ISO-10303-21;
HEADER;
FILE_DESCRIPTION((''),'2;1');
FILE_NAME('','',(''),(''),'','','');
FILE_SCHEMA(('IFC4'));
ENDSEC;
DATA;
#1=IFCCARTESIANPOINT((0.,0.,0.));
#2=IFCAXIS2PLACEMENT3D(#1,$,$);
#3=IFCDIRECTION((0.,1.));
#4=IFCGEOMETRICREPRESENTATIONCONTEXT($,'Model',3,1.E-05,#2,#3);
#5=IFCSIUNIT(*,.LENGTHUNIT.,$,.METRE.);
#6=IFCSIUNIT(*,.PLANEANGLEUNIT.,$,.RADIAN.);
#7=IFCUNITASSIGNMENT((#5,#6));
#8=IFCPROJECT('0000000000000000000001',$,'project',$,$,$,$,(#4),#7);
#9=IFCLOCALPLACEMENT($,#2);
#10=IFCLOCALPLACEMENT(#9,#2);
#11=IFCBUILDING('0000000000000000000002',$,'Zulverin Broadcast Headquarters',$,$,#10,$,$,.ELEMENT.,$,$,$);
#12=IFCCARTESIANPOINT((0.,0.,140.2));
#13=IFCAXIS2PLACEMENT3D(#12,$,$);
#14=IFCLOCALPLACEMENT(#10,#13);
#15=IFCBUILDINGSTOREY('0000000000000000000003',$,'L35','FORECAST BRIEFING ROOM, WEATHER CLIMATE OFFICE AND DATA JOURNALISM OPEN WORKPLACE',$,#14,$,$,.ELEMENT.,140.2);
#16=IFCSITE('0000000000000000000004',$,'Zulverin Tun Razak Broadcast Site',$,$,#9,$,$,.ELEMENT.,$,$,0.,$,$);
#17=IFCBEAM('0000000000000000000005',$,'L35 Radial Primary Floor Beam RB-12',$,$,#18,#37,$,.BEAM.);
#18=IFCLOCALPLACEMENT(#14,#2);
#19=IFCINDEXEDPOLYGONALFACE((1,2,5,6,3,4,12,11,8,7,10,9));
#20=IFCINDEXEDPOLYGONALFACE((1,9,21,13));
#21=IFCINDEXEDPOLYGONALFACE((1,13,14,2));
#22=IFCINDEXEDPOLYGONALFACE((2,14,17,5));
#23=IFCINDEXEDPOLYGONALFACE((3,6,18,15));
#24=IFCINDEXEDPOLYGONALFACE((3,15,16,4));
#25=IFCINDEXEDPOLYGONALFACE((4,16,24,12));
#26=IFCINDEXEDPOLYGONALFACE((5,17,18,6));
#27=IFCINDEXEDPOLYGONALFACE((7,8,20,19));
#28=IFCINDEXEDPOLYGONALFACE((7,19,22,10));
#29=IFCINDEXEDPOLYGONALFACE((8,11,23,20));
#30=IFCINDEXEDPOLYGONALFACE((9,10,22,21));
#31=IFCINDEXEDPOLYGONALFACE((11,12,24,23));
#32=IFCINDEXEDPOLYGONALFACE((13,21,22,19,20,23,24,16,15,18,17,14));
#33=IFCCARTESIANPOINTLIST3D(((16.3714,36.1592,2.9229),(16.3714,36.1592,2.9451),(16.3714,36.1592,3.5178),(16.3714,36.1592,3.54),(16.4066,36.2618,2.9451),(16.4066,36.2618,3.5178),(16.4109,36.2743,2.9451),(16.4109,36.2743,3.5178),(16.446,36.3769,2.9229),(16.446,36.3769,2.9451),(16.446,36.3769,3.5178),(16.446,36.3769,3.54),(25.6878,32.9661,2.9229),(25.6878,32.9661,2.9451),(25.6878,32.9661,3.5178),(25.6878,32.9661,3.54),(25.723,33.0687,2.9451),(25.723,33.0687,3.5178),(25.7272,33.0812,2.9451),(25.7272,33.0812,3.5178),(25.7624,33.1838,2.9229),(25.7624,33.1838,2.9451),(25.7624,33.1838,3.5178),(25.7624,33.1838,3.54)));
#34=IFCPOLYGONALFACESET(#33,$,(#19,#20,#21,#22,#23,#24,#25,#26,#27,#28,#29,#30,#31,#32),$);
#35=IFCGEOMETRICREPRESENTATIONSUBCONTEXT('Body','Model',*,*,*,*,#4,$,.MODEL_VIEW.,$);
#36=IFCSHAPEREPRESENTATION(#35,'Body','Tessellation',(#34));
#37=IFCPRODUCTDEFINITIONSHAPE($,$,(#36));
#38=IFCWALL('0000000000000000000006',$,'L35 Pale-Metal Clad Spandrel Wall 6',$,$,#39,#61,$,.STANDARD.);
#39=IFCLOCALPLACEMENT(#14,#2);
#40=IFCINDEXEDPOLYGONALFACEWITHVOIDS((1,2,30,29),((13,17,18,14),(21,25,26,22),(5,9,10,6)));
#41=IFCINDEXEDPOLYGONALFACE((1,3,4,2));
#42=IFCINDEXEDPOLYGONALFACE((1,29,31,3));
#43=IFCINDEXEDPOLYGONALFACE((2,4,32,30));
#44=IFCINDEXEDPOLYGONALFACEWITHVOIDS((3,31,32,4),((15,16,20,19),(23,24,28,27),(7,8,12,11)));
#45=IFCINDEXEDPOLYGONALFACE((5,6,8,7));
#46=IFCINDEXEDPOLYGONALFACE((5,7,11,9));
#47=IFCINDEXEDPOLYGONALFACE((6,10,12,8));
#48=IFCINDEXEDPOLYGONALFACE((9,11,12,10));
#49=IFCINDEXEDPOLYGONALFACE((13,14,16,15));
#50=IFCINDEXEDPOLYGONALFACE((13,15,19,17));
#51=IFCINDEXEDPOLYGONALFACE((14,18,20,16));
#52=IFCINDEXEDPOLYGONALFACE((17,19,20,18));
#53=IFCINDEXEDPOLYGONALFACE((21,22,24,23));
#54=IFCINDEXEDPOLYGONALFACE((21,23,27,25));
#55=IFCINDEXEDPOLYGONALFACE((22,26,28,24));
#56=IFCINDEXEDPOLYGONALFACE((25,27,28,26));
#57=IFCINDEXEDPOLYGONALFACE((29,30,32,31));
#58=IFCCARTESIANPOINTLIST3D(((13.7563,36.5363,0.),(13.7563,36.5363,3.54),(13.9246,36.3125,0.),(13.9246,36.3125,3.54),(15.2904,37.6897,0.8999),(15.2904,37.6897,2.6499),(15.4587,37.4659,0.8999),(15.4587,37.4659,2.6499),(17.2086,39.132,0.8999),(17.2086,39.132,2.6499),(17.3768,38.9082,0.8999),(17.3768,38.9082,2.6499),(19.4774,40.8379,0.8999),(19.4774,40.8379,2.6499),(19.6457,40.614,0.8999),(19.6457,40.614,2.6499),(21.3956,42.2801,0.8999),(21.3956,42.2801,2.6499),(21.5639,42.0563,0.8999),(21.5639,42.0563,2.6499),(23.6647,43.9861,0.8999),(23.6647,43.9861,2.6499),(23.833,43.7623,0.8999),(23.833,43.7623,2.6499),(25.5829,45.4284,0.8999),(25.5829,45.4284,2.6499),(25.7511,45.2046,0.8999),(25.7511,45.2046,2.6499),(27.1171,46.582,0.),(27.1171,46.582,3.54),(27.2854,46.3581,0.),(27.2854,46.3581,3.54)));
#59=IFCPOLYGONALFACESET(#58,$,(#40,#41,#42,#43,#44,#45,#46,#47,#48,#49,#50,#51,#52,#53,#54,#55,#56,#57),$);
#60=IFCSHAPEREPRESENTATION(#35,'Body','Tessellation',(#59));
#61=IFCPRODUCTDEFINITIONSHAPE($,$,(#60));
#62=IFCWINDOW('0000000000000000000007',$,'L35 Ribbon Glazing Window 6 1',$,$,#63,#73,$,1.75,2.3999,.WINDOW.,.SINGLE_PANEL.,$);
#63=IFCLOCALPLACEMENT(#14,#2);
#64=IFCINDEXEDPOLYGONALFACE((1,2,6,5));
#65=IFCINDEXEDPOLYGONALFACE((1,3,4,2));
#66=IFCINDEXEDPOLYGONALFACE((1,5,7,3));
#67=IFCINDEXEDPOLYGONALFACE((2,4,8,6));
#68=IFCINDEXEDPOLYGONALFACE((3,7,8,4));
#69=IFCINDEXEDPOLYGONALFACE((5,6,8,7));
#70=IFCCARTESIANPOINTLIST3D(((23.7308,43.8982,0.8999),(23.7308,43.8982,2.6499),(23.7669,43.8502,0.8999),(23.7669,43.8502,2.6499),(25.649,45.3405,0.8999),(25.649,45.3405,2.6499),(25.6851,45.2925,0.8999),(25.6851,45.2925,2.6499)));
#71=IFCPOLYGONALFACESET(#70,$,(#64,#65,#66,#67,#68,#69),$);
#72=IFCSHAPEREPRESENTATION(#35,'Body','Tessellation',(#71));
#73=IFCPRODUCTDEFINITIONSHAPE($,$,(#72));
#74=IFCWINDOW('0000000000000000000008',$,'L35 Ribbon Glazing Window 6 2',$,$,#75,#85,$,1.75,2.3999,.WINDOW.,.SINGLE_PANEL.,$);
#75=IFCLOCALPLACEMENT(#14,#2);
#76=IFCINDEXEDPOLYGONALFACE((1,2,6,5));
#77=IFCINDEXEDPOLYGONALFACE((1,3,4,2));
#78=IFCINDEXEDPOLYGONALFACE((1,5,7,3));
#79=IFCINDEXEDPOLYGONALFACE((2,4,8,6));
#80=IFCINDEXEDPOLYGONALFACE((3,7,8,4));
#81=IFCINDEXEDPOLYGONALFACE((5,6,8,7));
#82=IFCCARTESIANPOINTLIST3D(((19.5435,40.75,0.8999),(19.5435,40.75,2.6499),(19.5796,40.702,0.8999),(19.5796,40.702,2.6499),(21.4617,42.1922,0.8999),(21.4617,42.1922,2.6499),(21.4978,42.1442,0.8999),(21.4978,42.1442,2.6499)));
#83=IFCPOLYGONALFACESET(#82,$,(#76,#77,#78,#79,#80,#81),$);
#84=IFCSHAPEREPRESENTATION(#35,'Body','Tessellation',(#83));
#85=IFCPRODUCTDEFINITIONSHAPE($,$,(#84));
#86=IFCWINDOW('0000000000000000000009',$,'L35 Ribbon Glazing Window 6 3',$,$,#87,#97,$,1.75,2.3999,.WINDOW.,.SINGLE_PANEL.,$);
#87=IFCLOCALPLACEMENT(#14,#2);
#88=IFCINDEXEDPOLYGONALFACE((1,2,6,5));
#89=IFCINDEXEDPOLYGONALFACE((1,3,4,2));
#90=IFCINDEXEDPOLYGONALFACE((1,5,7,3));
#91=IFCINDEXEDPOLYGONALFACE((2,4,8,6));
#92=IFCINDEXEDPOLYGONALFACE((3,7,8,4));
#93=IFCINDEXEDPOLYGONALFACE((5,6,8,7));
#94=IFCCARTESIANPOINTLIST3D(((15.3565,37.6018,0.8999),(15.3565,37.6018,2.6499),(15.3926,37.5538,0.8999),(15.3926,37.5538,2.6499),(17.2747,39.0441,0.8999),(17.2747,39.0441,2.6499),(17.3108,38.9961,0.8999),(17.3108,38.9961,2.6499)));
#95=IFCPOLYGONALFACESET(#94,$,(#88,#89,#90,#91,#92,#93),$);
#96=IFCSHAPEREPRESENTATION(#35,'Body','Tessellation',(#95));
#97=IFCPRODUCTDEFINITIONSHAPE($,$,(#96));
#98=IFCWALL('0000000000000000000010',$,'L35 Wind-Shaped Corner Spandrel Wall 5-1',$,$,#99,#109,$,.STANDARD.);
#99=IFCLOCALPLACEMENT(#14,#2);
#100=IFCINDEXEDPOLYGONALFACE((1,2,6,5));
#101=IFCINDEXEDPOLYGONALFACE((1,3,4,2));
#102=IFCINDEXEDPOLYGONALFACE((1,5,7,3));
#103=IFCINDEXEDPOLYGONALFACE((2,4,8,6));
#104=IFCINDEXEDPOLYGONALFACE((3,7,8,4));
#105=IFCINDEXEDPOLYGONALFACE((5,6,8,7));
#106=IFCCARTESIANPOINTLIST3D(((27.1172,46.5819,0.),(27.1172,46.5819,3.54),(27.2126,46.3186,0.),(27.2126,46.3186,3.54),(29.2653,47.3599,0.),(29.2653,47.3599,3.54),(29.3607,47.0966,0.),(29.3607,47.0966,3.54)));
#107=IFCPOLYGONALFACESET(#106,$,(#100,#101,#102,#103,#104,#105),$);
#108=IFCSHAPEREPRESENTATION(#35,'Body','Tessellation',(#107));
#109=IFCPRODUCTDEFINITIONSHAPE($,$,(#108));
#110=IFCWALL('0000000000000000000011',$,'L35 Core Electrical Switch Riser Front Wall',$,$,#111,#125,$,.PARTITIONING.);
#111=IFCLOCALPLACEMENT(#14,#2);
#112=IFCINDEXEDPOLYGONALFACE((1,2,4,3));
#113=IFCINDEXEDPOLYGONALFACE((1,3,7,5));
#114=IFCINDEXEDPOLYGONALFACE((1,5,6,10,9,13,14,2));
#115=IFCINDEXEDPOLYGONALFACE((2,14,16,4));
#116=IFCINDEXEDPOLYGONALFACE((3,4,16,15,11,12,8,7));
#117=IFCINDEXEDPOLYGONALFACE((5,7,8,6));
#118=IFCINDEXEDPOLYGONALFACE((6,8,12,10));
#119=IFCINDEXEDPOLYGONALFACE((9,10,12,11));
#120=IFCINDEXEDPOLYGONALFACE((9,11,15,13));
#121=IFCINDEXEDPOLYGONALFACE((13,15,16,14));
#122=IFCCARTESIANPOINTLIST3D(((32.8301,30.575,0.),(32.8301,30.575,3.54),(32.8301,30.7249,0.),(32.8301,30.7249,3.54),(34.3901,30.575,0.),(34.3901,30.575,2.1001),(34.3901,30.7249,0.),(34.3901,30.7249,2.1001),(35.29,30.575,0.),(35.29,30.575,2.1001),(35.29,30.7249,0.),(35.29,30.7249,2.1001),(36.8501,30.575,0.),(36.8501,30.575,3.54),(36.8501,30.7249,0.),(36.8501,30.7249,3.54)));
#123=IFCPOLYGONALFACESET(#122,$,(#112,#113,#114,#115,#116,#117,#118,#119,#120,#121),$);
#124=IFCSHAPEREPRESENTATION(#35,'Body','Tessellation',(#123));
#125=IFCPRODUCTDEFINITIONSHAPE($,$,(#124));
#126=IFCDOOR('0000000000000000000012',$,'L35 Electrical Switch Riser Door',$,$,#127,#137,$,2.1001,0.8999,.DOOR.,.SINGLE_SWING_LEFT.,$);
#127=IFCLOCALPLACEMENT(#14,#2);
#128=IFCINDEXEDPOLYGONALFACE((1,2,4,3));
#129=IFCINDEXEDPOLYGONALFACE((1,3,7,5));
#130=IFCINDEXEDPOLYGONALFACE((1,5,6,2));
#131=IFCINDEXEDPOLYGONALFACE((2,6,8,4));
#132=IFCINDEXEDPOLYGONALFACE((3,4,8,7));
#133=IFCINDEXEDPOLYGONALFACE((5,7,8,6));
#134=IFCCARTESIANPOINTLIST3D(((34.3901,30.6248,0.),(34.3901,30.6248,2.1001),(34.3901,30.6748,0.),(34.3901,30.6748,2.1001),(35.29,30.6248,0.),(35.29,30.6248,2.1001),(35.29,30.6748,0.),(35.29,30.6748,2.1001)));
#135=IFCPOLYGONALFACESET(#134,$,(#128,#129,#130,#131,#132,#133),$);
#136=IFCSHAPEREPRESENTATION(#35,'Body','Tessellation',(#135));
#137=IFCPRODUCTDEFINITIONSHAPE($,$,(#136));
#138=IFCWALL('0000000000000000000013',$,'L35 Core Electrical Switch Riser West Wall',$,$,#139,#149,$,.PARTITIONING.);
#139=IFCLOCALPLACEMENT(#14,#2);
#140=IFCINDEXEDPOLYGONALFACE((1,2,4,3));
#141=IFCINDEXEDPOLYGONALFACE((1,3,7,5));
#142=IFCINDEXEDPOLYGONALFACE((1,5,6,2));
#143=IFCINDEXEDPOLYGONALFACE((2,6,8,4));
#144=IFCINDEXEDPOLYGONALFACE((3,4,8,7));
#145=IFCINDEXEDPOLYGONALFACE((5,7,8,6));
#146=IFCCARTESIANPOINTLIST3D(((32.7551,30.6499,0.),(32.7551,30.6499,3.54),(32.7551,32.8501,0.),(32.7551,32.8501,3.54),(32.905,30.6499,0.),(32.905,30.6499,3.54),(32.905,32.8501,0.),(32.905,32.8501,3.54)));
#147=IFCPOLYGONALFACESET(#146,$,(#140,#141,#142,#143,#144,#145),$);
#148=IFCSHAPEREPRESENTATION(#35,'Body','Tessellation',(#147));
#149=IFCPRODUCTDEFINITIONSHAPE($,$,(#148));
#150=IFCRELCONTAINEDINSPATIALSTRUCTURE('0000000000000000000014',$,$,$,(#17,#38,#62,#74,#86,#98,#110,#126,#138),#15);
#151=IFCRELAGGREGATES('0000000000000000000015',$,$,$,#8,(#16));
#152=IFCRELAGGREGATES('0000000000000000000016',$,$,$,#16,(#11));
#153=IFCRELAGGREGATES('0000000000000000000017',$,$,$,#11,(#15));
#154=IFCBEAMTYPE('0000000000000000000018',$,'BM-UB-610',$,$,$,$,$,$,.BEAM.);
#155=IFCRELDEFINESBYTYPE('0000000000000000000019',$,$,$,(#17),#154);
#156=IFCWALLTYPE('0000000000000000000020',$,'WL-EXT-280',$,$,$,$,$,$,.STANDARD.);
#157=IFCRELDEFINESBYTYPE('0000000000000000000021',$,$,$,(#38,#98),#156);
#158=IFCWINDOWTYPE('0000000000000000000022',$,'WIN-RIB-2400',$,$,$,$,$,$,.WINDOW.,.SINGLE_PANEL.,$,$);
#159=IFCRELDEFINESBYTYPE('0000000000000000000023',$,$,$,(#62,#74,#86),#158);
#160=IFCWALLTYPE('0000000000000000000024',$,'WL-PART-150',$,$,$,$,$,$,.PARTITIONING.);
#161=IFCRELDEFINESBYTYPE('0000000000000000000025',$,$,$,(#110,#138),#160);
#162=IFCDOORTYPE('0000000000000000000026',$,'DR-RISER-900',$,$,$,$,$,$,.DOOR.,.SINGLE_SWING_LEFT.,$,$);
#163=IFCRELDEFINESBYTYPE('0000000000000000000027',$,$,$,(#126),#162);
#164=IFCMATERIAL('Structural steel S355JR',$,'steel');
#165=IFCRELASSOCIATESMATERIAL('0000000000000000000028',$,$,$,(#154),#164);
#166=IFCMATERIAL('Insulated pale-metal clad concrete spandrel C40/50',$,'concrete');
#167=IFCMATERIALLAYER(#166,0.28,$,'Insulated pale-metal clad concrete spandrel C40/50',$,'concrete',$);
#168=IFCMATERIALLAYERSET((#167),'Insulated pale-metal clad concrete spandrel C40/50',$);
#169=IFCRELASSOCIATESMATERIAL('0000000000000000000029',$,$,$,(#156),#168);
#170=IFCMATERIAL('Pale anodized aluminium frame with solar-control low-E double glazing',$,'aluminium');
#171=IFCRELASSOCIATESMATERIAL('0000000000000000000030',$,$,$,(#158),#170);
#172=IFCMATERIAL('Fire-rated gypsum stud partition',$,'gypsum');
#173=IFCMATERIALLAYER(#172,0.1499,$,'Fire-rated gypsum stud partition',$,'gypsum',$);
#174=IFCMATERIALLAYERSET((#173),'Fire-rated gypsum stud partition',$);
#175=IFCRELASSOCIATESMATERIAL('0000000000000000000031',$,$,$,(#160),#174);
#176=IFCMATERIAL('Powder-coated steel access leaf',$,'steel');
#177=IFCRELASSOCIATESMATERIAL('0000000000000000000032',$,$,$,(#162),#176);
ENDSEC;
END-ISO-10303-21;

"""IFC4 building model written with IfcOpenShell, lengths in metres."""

from ifc_helpers import new_model, si_unit, direction, frame, frame_2d, origin, origin_2d, place, context, subcontext, project, spatial, rectangle, i_section, extrude, material, layer, layer_set, material_profile, profile_set, type_object, element, fill, save


model = new_model("IFC4")

# Units and contexts
model_context = context("Model", 3, precision=1e-05, world=origin(), true_north=direction((0.0, 1.0)))
body_context = subcontext(model_context, "Body", "Model", "MODEL_VIEW")
ifc_project = project(units=[si_unit("LENGTHUNIT", "METRE"), si_unit("PLANEANGLEUNIT", "RADIAN")], contexts=[model_context])

# Site, building, storey
site_placement = place(None, origin())
site = spatial("IfcSite", under=ifc_project, at=site_placement, Name="Zulverin Tun Razak Broadcast Site", CompositionType="ELEMENT", RefElevation=0.0)
building_placement = place(site_placement, origin())
building = spatial("IfcBuilding", under=site, at=building_placement, Name="Zulverin Broadcast Headquarters", CompositionType="ELEMENT")
storey_placement = place(building_placement, frame((0.0, 0.0, 140.2)))
storey = spatial("IfcBuildingStorey", under=building, at=storey_placement, Name="L35", Description="FORECAST BRIEFING ROOM, WEATHER CLIMATE OFFICE AND DATA JOURNALISM OPEN WORKPLACE", CompositionType="ELEMENT", Elevation=140.2)

# Beam
ifc_material_1 = material(Name="Structural steel S355JR", Category="steel")
ifc_material_profile_1 = material_profile(ifc_material_1, i_section(OverallWidth=0.2302, OverallDepth=0.6172, WebThickness=0.0132, FlangeThickness=0.0222, at=origin_2d()), Name="Structural steel S355JR", Category="steel")
ifc_profile_set_1 = profile_set([ifc_material_profile_1], Name="Structural steel S355JR")
beam_type_1 = type_object("IfcBeamType", Name="BM-UB-610", PredefinedType="BEAM", material=ifc_profile_set_1)
beam_1_placement = place(storey_placement, frame((25.7251, 33.075, 3.2314), z_axis=(-0.94598, 0.324226, 0.0), x_axis=(-0.324226, -0.94598, 0.0)))
element("IfcBeam", 1, at=beam_1_placement, inside=storey, type_object=beam_type_1, Name="L35 Radial Primary Floor Beam RB-12", PredefinedType="BEAM", context=body_context, shape_type="SweptSolid", body=[
    extrude(i_section(OverallWidth=0.2302, OverallDepth=0.6172, WebThickness=0.0132, FlangeThickness=0.0222, at=origin_2d()), origin(), (0.0, 0.0, 1.0), 9.8484),
])

# Wall, openings, windows
ifc_material_2 = material(Name="Insulated pale-metal clad concrete spandrel C40/50", Category="concrete")
ifc_layer_1 = layer(ifc_material_2, 0.28, Name="Insulated pale-metal clad concrete spandrel C40/50", Category="concrete")
ifc_layer_set_1 = layer_set([ifc_layer_1], Name="Insulated pale-metal clad concrete spandrel C40/50")
wall_type_1 = type_object("IfcWallType", Name="WL-EXT-280", PredefinedType="STANDARD", material=ifc_layer_set_1)
wall_1_placement = place(storey_placement, frame((27.2012, 46.47, 0.0), z_axis=(0.0, 0.0, 1.0), x_axis=(-0.799281, -0.600958, 0.0)))
wall_1 = element("IfcWall", 2, at=wall_1_placement, inside=storey, type_object=wall_type_1, Name="L35 Pale-Metal Clad Spandrel Wall 6", PredefinedType="STANDARD", context=body_context, shape_type="SweptSolid", body=[
    extrude(rectangle(XDim=16.7161, YDim=0.28, at=frame_2d((8.3579, 0.0))), origin(), (0.0, 0.0, 1.0), 3.54),
])
opening_1_placement = place(wall_1_placement, frame((1.9194, 0.0, 0.8999)))
opening_1 = element("IfcOpeningElement", 3, at=opening_1_placement, cuts=wall_1, PredefinedType="OPENING", context=body_context, shape_type="SweptSolid", body=[
    extrude(rectangle(XDim=2.3999, YDim=1.75, at=frame_2d((1.2, 0.875))), frame((0.0, 0.1499, 0.0), z_axis=(0.0, -1.0, 0.0), x_axis=(1.0, 0.0, 0.0)), (0.0, 0.0, 1.0), 0.3),
])
opening_2_placement = place(wall_1_placement, frame((7.1582, 0.0, 0.8999)))
opening_2 = element("IfcOpeningElement", 4, at=opening_2_placement, cuts=wall_1, PredefinedType="OPENING", context=body_context, shape_type="SweptSolid", body=[
    extrude(rectangle(XDim=2.3999, YDim=1.75, at=frame_2d((1.2, 0.875))), frame((0.0, 0.1499, 0.0), z_axis=(0.0, -1.0, 0.0), x_axis=(1.0, 0.0, 0.0)), (0.0, 0.0, 1.0), 0.3),
])
opening_3_placement = place(wall_1_placement, frame((12.3967, 0.0, 0.8999)))
opening_3 = element("IfcOpeningElement", 5, at=opening_3_placement, cuts=wall_1, PredefinedType="OPENING", context=body_context, shape_type="SweptSolid", body=[
    extrude(rectangle(XDim=2.3999, YDim=1.75, at=frame_2d((1.2, 0.875))), frame((0.0, 0.1499, 0.0), z_axis=(0.0, -1.0, 0.0), x_axis=(1.0, 0.0, 0.0)), (0.0, 0.0, 1.0), 0.3),
])
ifc_material_3 = material(Name="Pale anodized aluminium frame with solar-control low-E double glazing", Category="aluminium")
window_type = type_object("IfcWindowType", Name="WIN-RIB-2400", PartitioningType="SINGLE_PANEL", PredefinedType="WINDOW", material=ifc_material_3)
window_1_placement = place(opening_1_placement, origin())
window_1 = element("IfcWindow", 6, at=window_1_placement, inside=storey, type_object=window_type, Name="L35 Ribbon Glazing Window 6 1", OverallHeight=1.75, OverallWidth=2.3999, PartitioningType="SINGLE_PANEL", PredefinedType="WINDOW", context=body_context, shape_type="SweptSolid", body=[
    extrude(rectangle(XDim=2.3999, YDim=1.75, at=frame_2d((1.2, 0.875))), frame((0.0, 0.03, 0.0), z_axis=(0.0, -1.0, 0.0), x_axis=(1.0, 0.0, 0.0)), (0.0, 0.0, 1.0), 0.0601),
])
fill(opening_1, window_1)
window_2_placement = place(opening_2_placement, origin())
window_2 = element("IfcWindow", 7, at=window_2_placement, inside=storey, type_object=window_type, Name="L35 Ribbon Glazing Window 6 2", OverallHeight=1.75, OverallWidth=2.3999, PartitioningType="SINGLE_PANEL", PredefinedType="WINDOW", context=body_context, shape_type="SweptSolid", body=[
    extrude(rectangle(XDim=2.3999, YDim=1.75, at=frame_2d((1.2, 0.875))), frame((0.0, 0.03, 0.0), z_axis=(0.0, -1.0, 0.0), x_axis=(1.0, 0.0, 0.0)), (0.0, 0.0, 1.0), 0.0601),
])
fill(opening_2, window_2)
window_3_placement = place(opening_3_placement, origin())
window_3 = element("IfcWindow", 8, at=window_3_placement, inside=storey, type_object=window_type, Name="L35 Ribbon Glazing Window 6 3", OverallHeight=1.75, OverallWidth=2.3999, PartitioningType="SINGLE_PANEL", PredefinedType="WINDOW", context=body_context, shape_type="SweptSolid", body=[
    extrude(rectangle(XDim=2.3999, YDim=1.75, at=frame_2d((1.2, 0.875))), frame((0.0, 0.03, 0.0), z_axis=(0.0, -1.0, 0.0), x_axis=(1.0, 0.0, 0.0)), (0.0, 0.0, 1.0), 0.0601),
])
fill(opening_3, window_3)

# Wall
wall_2_placement = place(storey_placement, frame((29.313, 47.2283, 0.0), z_axis=(0.0, 0.0, 1.0), x_axis=(-0.940226, -0.34055, 0.0)))
element("IfcWall", 9, at=wall_2_placement, inside=storey, type_object=wall_type_1, Name="L35 Wind-Shaped Corner Spandrel Wall 5-1", PredefinedType="STANDARD", context=body_context, shape_type="SweptSolid", body=[
    extrude(rectangle(XDim=2.2847, YDim=0.28, at=frame_2d((1.1423, 0.0))), origin(), (0.0, 0.0, 1.0), 3.54),
])

# Wall, opening, door
ifc_material_4 = material(Name="Fire-rated gypsum stud partition", Category="gypsum")
ifc_layer_2 = layer(ifc_material_4, 0.1499, Name="Fire-rated gypsum stud partition", Category="gypsum")
ifc_layer_set_2 = layer_set([ifc_layer_2], Name="Fire-rated gypsum stud partition")
wall_type_2 = type_object("IfcWallType", Name="WL-PART-150", PredefinedType="PARTITIONING", material=ifc_layer_set_2)
wall_3_placement = place(storey_placement, frame((32.8301, 30.6499, 0.0), z_axis=(0.0, 0.0, 1.0), x_axis=(1.0, 0.0, 0.0)))
wall_3 = element("IfcWall", 10, at=wall_3_placement, inside=storey, type_object=wall_type_2, Name="L35 Core Electrical Switch Riser Front Wall", PredefinedType="PARTITIONING", context=body_context, shape_type="SweptSolid", body=[
    extrude(rectangle(XDim=4.02, YDim=0.1499, at=frame_2d((2.01, 0.0))), origin(), (0.0, 0.0, 1.0), 3.54),
])
opening_4_placement = place(wall_3_placement, frame((1.5601, 0.0, 0.0)))
opening_4 = element("IfcOpeningElement", 11, at=opening_4_placement, cuts=wall_3, PredefinedType="OPENING", context=body_context, shape_type="SweptSolid", body=[
    extrude(rectangle(XDim=0.8999, YDim=2.1001, at=frame_2d((0.45, 1.05))), frame((0.0, 0.085, 0.0), z_axis=(0.0, -1.0, 0.0), x_axis=(1.0, 0.0, 0.0)), (0.0, 0.0, 1.0), 0.1699),
])
ifc_material_5 = material(Name="Powder-coated steel access leaf", Category="steel")
door_type = type_object("IfcDoorType", Name="DR-RISER-900", OperationType="SINGLE_SWING_LEFT", PredefinedType="DOOR", material=ifc_material_5)
door_placement = place(opening_4_placement, origin())
door = element("IfcDoor", 12, at=door_placement, inside=storey, type_object=door_type, Name="L35 Electrical Switch Riser Door", OperationType="SINGLE_SWING_LEFT", OverallHeight=2.1001, OverallWidth=0.8999, PredefinedType="DOOR", context=body_context, shape_type="SweptSolid", body=[
    extrude(rectangle(XDim=0.8999, YDim=2.1001, at=frame_2d((0.45, 1.05))), frame((0.0, 0.0249, 0.0), z_axis=(0.0, -1.0, 0.0), x_axis=(1.0, 0.0, 0.0)), (0.0, 0.0, 1.0), 0.05),
])
fill(opening_4, door)

# Wall
wall_4_placement = place(storey_placement, frame((32.8301, 30.6499, 0.0), z_axis=(0.0, 0.0, 1.0), x_axis=(0.0, 1.0, 0.0)))
element("IfcWall", 13, at=wall_4_placement, inside=storey, type_object=wall_type_2, Name="L35 Core Electrical Switch Riser West Wall", PredefinedType="PARTITIONING", context=body_context, shape_type="SweptSolid", body=[
    extrude(rectangle(XDim=2.2002, YDim=0.1499, at=frame_2d((1.1001, 0.0))), origin(), (0.0, 0.0, 1.0), 3.54),
])

save(model, "model.ifc")
